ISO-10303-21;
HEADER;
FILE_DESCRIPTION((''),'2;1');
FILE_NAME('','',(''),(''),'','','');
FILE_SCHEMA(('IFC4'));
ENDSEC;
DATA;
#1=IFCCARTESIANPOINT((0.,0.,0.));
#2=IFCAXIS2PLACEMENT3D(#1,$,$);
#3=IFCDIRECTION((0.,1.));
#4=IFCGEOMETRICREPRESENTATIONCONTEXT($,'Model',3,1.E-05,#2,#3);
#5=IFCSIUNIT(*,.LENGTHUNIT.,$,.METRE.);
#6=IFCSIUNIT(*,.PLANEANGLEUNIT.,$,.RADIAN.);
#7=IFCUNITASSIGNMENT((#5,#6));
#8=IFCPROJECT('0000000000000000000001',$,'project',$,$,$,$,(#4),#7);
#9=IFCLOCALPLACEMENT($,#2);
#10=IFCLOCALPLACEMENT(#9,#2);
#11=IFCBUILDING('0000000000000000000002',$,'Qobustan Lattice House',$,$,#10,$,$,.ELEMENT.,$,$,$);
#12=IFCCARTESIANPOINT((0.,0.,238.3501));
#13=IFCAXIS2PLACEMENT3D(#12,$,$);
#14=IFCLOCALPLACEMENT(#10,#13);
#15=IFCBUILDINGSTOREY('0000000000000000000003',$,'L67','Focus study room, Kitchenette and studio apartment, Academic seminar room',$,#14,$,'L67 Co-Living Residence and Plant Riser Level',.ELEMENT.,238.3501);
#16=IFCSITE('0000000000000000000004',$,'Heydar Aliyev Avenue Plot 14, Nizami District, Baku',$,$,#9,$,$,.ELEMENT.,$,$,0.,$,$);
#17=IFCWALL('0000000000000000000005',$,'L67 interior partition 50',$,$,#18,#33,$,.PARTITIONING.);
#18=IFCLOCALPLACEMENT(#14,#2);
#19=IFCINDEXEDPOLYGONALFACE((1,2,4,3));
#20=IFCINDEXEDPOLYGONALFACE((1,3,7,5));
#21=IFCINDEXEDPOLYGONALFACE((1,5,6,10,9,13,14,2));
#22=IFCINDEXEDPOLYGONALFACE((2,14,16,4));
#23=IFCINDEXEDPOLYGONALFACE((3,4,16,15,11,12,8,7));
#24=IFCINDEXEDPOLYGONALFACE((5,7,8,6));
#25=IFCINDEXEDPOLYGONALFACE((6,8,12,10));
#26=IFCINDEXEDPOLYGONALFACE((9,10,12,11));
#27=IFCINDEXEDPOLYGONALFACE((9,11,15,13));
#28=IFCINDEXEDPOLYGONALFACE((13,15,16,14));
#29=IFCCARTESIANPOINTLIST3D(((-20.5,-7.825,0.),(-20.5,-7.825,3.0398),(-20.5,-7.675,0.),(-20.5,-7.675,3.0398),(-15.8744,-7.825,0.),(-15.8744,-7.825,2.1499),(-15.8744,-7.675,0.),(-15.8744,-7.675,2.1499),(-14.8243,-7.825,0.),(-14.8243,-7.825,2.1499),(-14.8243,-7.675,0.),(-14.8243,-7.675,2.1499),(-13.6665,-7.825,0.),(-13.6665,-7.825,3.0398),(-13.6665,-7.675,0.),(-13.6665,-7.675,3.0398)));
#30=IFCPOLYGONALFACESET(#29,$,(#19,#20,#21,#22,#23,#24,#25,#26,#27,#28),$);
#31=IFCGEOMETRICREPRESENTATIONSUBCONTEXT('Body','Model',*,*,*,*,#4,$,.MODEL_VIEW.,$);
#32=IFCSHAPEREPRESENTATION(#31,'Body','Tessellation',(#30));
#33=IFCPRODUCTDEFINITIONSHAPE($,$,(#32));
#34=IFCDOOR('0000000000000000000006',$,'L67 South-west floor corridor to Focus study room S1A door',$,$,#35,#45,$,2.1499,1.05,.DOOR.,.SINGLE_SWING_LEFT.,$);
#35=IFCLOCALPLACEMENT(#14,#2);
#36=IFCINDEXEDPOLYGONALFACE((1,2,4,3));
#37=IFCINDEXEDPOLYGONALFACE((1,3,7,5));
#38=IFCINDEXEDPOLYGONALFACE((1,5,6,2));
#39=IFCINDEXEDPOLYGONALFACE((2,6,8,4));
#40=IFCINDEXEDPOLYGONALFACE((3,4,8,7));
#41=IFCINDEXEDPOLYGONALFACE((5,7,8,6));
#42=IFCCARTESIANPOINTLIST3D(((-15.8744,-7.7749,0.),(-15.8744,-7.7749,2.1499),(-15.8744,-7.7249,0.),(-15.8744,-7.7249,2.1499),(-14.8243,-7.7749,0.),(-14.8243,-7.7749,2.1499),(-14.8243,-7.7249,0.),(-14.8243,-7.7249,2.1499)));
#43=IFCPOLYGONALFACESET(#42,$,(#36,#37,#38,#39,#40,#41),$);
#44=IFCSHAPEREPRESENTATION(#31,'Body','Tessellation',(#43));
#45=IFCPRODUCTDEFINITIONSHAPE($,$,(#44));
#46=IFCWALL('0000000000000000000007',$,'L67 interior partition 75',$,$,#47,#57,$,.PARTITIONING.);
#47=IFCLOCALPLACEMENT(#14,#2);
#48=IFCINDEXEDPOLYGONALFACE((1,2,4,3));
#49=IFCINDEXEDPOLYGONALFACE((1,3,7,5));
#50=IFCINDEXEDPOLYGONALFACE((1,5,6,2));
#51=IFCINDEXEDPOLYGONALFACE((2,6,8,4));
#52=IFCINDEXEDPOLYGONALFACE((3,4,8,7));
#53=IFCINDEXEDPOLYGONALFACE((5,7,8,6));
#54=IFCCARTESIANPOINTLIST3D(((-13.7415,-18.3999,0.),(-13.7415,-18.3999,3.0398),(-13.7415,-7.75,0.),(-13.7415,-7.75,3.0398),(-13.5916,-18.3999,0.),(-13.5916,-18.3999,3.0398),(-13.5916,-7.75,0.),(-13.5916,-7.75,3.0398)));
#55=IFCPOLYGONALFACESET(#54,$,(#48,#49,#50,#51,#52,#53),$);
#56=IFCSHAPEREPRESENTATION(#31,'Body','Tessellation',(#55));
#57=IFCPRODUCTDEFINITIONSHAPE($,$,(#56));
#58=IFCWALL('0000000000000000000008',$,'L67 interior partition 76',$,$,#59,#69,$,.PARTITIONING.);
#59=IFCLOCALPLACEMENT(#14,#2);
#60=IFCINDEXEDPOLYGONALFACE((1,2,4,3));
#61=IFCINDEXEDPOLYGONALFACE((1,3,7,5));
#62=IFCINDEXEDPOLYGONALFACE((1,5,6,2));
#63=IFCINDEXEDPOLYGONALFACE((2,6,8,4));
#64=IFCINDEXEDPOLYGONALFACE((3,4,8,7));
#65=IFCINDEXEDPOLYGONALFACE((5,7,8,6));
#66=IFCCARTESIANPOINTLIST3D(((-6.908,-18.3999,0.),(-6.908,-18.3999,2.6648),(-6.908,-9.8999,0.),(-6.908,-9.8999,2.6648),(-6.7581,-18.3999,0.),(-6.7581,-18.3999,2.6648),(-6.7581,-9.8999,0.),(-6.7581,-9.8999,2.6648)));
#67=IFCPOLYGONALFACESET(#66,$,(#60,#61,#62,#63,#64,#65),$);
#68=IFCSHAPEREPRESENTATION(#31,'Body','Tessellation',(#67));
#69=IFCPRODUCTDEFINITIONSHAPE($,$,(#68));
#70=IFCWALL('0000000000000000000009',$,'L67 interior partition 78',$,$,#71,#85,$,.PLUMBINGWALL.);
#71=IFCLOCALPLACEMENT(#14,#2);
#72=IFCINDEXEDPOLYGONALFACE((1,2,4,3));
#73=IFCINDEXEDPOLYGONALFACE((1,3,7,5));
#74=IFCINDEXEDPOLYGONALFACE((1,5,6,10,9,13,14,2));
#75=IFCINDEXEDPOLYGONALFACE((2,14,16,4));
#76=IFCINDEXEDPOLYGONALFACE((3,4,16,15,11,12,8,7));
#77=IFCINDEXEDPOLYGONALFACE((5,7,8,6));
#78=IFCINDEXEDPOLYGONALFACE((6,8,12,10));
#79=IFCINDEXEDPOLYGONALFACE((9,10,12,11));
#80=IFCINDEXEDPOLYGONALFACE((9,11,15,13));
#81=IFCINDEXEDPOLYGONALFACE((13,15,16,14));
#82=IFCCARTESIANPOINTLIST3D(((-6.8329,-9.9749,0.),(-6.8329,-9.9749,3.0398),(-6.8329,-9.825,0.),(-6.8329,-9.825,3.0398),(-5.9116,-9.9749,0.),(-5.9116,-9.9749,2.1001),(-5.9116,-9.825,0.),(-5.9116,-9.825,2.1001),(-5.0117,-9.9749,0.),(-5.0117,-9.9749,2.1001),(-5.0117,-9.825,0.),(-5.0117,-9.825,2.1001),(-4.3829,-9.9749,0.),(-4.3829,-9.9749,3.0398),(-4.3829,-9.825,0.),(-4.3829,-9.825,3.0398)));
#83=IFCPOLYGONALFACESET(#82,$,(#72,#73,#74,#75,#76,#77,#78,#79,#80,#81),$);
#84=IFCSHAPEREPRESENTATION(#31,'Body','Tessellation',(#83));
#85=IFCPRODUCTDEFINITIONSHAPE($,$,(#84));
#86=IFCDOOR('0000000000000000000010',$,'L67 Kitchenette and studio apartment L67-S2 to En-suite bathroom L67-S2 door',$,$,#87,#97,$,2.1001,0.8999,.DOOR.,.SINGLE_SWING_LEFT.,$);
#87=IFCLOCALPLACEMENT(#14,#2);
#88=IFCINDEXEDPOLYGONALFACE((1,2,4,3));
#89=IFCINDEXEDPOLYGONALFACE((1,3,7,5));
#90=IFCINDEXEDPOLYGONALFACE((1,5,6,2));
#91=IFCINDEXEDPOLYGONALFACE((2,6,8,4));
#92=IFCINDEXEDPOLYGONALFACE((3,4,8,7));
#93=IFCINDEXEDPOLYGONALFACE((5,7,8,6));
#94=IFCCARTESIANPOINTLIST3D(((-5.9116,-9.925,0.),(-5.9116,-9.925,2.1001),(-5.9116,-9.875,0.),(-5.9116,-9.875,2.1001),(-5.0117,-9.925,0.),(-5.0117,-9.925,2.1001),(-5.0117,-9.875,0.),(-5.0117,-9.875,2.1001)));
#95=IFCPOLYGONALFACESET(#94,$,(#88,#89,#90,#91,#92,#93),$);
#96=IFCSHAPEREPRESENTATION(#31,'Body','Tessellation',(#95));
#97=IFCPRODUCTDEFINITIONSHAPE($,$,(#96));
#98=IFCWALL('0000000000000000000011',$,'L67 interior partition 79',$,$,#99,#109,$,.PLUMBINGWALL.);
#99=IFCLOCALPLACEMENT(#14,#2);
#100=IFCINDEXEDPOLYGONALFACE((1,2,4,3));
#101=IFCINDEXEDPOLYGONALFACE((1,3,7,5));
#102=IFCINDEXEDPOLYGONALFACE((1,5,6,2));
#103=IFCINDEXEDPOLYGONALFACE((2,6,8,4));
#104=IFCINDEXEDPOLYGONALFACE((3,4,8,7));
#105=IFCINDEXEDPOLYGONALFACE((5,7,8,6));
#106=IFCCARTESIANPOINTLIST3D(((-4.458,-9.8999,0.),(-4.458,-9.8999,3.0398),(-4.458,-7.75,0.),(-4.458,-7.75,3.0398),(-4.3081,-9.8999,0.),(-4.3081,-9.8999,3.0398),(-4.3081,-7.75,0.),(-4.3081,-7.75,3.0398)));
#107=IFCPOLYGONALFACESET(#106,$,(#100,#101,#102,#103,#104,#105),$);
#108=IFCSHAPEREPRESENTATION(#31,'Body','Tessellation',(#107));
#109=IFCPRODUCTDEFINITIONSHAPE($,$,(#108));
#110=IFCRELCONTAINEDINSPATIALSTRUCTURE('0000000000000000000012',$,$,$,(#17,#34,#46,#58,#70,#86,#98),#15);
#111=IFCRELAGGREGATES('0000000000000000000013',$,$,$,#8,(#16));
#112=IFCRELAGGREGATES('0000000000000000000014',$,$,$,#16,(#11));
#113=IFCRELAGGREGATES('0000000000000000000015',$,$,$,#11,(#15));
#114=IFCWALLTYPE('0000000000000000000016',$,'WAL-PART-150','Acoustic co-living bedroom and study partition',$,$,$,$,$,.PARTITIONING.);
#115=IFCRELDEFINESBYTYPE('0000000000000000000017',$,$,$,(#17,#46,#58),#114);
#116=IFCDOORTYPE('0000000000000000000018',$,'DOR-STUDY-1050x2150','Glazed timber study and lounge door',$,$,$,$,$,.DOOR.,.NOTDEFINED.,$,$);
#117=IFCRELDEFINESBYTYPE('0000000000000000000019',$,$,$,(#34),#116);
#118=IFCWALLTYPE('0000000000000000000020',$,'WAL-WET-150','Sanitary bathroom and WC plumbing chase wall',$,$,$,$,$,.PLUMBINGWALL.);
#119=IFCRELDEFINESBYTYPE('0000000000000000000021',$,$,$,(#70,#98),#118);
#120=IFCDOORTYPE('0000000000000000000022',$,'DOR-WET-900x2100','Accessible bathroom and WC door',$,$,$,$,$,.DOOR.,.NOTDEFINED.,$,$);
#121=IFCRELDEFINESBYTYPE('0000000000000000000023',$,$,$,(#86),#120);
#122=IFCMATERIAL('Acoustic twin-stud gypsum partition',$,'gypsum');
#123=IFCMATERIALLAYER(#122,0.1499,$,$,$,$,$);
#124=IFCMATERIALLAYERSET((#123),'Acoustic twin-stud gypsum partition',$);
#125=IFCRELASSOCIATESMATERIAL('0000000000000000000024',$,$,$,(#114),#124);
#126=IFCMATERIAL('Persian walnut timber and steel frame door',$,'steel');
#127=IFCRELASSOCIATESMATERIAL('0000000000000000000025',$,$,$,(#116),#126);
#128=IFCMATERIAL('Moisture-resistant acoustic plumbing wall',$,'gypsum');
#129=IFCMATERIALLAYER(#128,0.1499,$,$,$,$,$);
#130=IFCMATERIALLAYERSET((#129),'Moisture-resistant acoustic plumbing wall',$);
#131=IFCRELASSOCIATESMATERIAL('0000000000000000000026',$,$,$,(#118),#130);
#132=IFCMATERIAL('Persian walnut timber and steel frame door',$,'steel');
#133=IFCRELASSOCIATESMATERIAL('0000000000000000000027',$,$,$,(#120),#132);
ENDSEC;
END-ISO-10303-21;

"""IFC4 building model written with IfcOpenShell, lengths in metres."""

from ifc_helpers import new_model, si_unit, direction, frame, frame_2d, origin, place, context, subcontext, project, spatial, rectangle, extrude, material, layer, layer_set, type_object, element, fill, save


model = new_model("IFC4")

# Units and contexts
model_context = context("Model", 3, precision=1e-05, world=origin(), true_north=direction((0.0, 1.0)))
body_context = subcontext(model_context, "Body", "Model", "MODEL_VIEW")
ifc_project = project(units=[si_unit("LENGTHUNIT", "METRE"), si_unit("PLANEANGLEUNIT", "RADIAN")], contexts=[model_context])

# Site, building, storey
site_placement = place(None, origin())
site = spatial("IfcSite", under=ifc_project, at=site_placement, Name="Heydar Aliyev Avenue Plot 14, Nizami District, Baku", CompositionType="ELEMENT", RefElevation=0.0)
building_placement = place(site_placement, origin())
building = spatial("IfcBuilding", under=site, at=building_placement, Name="Qobustan Lattice House", CompositionType="ELEMENT")
storey_placement = place(building_placement, frame((0.0, 0.0, 238.3501)))
storey = spatial("IfcBuildingStorey", under=building, at=storey_placement, Name="L67", Description="Focus study room, Kitchenette and studio apartment, Academic seminar room", LongName="L67 Co-Living Residence and Plant Riser Level", CompositionType="ELEMENT", Elevation=238.3501)

# Wall, opening, door
ifc_material_1 = material(Name="Acoustic twin-stud gypsum partition", Category="gypsum")
ifc_layer_1 = layer(ifc_material_1, 0.1499)
ifc_layer_set_1 = layer_set([ifc_layer_1], Name="Acoustic twin-stud gypsum partition")
wall_type_1 = type_object("IfcWallType", Name="WAL-PART-150", Description="Acoustic co-living bedroom and study partition", PredefinedType="PARTITIONING", material=ifc_layer_set_1)
wall_1_placement = place(storey_placement, frame((-13.6665, -7.75, 0.0), z_axis=(0.0, 0.0, 1.0), x_axis=(-1.0, 0.0, 0.0)))
wall_1 = element("IfcWall", 1, at=wall_1_placement, inside=storey, type_object=wall_type_1, Name="L67 interior partition 50", PredefinedType="PARTITIONING", context=body_context, shape_type="SweptSolid", body=[
    extrude(rectangle(XDim=6.8335, YDim=0.1499, at=frame_2d((3.4167, 0.0))), origin(), (0.0, 0.0, 1.0), 3.0398),
])
opening_1_placement = place(wall_1_placement, frame((1.158, 0.0, 0.0)))
opening_1 = element("IfcOpeningElement", 2, at=opening_1_placement, cuts=wall_1, PredefinedType="OPENING", context=body_context, shape_type="SweptSolid", body=[
    extrude(rectangle(XDim=1.05, YDim=2.1499, at=frame_2d((0.5249, 1.075))), frame((0.0, 0.085, 0.0), z_axis=(0.0, -1.0, 0.0), x_axis=(1.0, 0.0, 0.0)), (0.0, 0.0, 1.0), 0.1699),
])
ifc_material_2 = material(Name="Persian walnut timber and steel frame door", Category="steel")
door_type_1 = type_object("IfcDoorType", Name="DOR-STUDY-1050x2150", Description="Glazed timber study and lounge door", OperationType="NOTDEFINED", PredefinedType="DOOR", material=ifc_material_2)
door_1_placement = place(opening_1_placement, origin())
door_1 = element("IfcDoor", 3, at=door_1_placement, inside=storey, type_object=door_type_1, Name="L67 South-west floor corridor to Focus study room S1A door", OperationType="SINGLE_SWING_LEFT", OverallHeight=2.1499, OverallWidth=1.05, PredefinedType="DOOR", context=body_context, shape_type="SweptSolid", body=[
    extrude(rectangle(XDim=1.05, YDim=2.1499, at=frame_2d((0.5249, 1.075))), frame((0.0, 0.0249, 0.0), z_axis=(0.0, -1.0, 0.0), x_axis=(1.0, 0.0, 0.0)), (0.0, 0.0, 1.0), 0.05),
])
fill(opening_1, door_1)

# Walls
wall_2_placement = place(storey_placement, frame((-13.6665, -7.75, 0.0), z_axis=(0.0, 0.0, 1.0), x_axis=(0.0, -1.0, 0.0)))
element("IfcWall", 4, at=wall_2_placement, inside=storey, type_object=wall_type_1, Name="L67 interior partition 75", PredefinedType="PARTITIONING", context=body_context, shape_type="SweptSolid", body=[
    extrude(rectangle(XDim=10.6499, YDim=0.1499, at=frame_2d((5.325, 0.0))), origin(), (0.0, 0.0, 1.0), 3.0398),
])
wall_3_placement = place(storey_placement, frame((-6.833, -9.8999, 0.0), z_axis=(0.0, 0.0, 1.0), x_axis=(0.0, -1.0, 0.0)))
element("IfcWall", 5, at=wall_3_placement, inside=storey, type_object=wall_type_1, Name="L67 interior partition 76", PredefinedType="PARTITIONING", context=body_context, shape_type="SweptSolid", body=[
    extrude(rectangle(XDim=8.5, YDim=0.1499, at=frame_2d((4.25, 0.0))), origin(), (0.0, 0.0, 1.0), 2.6648),
])

# Wall, opening, door
ifc_material_3 = material(Name="Moisture-resistant acoustic plumbing wall", Category="gypsum")
ifc_layer_2 = layer(ifc_material_3, 0.1499)
ifc_layer_set_2 = layer_set([ifc_layer_2], Name="Moisture-resistant acoustic plumbing wall")
wall_type_2 = type_object("IfcWallType", Name="WAL-WET-150", Description="Sanitary bathroom and WC plumbing chase wall", PredefinedType="PLUMBINGWALL", material=ifc_layer_set_2)
wall_4_placement = place(storey_placement, frame((-6.833, -9.8999, 0.0), z_axis=(0.0, 0.0, 1.0), x_axis=(1.0, 0.0, 0.0)))
wall_4 = element("IfcWall", 6, at=wall_4_placement, inside=storey, type_object=wall_type_2, Name="L67 interior partition 78", PredefinedType="PLUMBINGWALL", context=body_context, shape_type="SweptSolid", body=[
    extrude(rectangle(XDim=2.45, YDim=0.1499, at=frame_2d((1.2251, 0.0))), origin(), (0.0, 0.0, 1.0), 3.0398),
])
opening_2_placement = place(wall_4_placement, frame((0.9214, 0.0, 0.0)))
opening_2 = element("IfcOpeningElement", 7, at=opening_2_placement, cuts=wall_4, PredefinedType="OPENING", context=body_context, shape_type="SweptSolid", body=[
    extrude(rectangle(XDim=0.8999, YDim=2.1001, at=frame_2d((0.45, 1.05))), frame((0.0, 0.085, 0.0), z_axis=(0.0, -1.0, 0.0), x_axis=(1.0, 0.0, 0.0)), (0.0, 0.0, 1.0), 0.1699),
])
ifc_material_4 = material(Name="Persian walnut timber and steel frame door", Category="steel")
door_type_2 = type_object("IfcDoorType", Name="DOR-WET-900x2100", Description="Accessible bathroom and WC door", OperationType="NOTDEFINED", PredefinedType="DOOR", material=ifc_material_4)
door_2_placement = place(opening_2_placement, origin())
door_2 = element("IfcDoor", 8, at=door_2_placement, inside=storey, type_object=door_type_2, Name="L67 Kitchenette and studio apartment L67-S2 to En-suite bathroom L67-S2 door", OperationType="SINGLE_SWING_LEFT", OverallHeight=2.1001, OverallWidth=0.8999, PredefinedType="DOOR", context=body_context, shape_type="SweptSolid", body=[
    extrude(rectangle(XDim=0.8999, YDim=2.1001, at=frame_2d((0.45, 1.05))), frame((0.0, 0.0249, 0.0), z_axis=(0.0, -1.0, 0.0), x_axis=(1.0, 0.0, 0.0)), (0.0, 0.0, 1.0), 0.05),
])
fill(opening_2, door_2)

# Wall
wall_5_placement = place(storey_placement, frame((-4.3831, -9.8999, 0.0), z_axis=(0.0, 0.0, 1.0), x_axis=(0.0, 1.0, 0.0)))
element("IfcWall", 9, at=wall_5_placement, inside=storey, type_object=wall_type_2, Name="L67 interior partition 79", PredefinedType="PLUMBINGWALL", context=body_context, shape_type="SweptSolid", body=[
    extrude(rectangle(XDim=2.1499, YDim=0.1499, at=frame_2d((1.075, 0.0))), origin(), (0.0, 0.0, 1.0), 3.0398),
])

save(model, "model.ifc")
